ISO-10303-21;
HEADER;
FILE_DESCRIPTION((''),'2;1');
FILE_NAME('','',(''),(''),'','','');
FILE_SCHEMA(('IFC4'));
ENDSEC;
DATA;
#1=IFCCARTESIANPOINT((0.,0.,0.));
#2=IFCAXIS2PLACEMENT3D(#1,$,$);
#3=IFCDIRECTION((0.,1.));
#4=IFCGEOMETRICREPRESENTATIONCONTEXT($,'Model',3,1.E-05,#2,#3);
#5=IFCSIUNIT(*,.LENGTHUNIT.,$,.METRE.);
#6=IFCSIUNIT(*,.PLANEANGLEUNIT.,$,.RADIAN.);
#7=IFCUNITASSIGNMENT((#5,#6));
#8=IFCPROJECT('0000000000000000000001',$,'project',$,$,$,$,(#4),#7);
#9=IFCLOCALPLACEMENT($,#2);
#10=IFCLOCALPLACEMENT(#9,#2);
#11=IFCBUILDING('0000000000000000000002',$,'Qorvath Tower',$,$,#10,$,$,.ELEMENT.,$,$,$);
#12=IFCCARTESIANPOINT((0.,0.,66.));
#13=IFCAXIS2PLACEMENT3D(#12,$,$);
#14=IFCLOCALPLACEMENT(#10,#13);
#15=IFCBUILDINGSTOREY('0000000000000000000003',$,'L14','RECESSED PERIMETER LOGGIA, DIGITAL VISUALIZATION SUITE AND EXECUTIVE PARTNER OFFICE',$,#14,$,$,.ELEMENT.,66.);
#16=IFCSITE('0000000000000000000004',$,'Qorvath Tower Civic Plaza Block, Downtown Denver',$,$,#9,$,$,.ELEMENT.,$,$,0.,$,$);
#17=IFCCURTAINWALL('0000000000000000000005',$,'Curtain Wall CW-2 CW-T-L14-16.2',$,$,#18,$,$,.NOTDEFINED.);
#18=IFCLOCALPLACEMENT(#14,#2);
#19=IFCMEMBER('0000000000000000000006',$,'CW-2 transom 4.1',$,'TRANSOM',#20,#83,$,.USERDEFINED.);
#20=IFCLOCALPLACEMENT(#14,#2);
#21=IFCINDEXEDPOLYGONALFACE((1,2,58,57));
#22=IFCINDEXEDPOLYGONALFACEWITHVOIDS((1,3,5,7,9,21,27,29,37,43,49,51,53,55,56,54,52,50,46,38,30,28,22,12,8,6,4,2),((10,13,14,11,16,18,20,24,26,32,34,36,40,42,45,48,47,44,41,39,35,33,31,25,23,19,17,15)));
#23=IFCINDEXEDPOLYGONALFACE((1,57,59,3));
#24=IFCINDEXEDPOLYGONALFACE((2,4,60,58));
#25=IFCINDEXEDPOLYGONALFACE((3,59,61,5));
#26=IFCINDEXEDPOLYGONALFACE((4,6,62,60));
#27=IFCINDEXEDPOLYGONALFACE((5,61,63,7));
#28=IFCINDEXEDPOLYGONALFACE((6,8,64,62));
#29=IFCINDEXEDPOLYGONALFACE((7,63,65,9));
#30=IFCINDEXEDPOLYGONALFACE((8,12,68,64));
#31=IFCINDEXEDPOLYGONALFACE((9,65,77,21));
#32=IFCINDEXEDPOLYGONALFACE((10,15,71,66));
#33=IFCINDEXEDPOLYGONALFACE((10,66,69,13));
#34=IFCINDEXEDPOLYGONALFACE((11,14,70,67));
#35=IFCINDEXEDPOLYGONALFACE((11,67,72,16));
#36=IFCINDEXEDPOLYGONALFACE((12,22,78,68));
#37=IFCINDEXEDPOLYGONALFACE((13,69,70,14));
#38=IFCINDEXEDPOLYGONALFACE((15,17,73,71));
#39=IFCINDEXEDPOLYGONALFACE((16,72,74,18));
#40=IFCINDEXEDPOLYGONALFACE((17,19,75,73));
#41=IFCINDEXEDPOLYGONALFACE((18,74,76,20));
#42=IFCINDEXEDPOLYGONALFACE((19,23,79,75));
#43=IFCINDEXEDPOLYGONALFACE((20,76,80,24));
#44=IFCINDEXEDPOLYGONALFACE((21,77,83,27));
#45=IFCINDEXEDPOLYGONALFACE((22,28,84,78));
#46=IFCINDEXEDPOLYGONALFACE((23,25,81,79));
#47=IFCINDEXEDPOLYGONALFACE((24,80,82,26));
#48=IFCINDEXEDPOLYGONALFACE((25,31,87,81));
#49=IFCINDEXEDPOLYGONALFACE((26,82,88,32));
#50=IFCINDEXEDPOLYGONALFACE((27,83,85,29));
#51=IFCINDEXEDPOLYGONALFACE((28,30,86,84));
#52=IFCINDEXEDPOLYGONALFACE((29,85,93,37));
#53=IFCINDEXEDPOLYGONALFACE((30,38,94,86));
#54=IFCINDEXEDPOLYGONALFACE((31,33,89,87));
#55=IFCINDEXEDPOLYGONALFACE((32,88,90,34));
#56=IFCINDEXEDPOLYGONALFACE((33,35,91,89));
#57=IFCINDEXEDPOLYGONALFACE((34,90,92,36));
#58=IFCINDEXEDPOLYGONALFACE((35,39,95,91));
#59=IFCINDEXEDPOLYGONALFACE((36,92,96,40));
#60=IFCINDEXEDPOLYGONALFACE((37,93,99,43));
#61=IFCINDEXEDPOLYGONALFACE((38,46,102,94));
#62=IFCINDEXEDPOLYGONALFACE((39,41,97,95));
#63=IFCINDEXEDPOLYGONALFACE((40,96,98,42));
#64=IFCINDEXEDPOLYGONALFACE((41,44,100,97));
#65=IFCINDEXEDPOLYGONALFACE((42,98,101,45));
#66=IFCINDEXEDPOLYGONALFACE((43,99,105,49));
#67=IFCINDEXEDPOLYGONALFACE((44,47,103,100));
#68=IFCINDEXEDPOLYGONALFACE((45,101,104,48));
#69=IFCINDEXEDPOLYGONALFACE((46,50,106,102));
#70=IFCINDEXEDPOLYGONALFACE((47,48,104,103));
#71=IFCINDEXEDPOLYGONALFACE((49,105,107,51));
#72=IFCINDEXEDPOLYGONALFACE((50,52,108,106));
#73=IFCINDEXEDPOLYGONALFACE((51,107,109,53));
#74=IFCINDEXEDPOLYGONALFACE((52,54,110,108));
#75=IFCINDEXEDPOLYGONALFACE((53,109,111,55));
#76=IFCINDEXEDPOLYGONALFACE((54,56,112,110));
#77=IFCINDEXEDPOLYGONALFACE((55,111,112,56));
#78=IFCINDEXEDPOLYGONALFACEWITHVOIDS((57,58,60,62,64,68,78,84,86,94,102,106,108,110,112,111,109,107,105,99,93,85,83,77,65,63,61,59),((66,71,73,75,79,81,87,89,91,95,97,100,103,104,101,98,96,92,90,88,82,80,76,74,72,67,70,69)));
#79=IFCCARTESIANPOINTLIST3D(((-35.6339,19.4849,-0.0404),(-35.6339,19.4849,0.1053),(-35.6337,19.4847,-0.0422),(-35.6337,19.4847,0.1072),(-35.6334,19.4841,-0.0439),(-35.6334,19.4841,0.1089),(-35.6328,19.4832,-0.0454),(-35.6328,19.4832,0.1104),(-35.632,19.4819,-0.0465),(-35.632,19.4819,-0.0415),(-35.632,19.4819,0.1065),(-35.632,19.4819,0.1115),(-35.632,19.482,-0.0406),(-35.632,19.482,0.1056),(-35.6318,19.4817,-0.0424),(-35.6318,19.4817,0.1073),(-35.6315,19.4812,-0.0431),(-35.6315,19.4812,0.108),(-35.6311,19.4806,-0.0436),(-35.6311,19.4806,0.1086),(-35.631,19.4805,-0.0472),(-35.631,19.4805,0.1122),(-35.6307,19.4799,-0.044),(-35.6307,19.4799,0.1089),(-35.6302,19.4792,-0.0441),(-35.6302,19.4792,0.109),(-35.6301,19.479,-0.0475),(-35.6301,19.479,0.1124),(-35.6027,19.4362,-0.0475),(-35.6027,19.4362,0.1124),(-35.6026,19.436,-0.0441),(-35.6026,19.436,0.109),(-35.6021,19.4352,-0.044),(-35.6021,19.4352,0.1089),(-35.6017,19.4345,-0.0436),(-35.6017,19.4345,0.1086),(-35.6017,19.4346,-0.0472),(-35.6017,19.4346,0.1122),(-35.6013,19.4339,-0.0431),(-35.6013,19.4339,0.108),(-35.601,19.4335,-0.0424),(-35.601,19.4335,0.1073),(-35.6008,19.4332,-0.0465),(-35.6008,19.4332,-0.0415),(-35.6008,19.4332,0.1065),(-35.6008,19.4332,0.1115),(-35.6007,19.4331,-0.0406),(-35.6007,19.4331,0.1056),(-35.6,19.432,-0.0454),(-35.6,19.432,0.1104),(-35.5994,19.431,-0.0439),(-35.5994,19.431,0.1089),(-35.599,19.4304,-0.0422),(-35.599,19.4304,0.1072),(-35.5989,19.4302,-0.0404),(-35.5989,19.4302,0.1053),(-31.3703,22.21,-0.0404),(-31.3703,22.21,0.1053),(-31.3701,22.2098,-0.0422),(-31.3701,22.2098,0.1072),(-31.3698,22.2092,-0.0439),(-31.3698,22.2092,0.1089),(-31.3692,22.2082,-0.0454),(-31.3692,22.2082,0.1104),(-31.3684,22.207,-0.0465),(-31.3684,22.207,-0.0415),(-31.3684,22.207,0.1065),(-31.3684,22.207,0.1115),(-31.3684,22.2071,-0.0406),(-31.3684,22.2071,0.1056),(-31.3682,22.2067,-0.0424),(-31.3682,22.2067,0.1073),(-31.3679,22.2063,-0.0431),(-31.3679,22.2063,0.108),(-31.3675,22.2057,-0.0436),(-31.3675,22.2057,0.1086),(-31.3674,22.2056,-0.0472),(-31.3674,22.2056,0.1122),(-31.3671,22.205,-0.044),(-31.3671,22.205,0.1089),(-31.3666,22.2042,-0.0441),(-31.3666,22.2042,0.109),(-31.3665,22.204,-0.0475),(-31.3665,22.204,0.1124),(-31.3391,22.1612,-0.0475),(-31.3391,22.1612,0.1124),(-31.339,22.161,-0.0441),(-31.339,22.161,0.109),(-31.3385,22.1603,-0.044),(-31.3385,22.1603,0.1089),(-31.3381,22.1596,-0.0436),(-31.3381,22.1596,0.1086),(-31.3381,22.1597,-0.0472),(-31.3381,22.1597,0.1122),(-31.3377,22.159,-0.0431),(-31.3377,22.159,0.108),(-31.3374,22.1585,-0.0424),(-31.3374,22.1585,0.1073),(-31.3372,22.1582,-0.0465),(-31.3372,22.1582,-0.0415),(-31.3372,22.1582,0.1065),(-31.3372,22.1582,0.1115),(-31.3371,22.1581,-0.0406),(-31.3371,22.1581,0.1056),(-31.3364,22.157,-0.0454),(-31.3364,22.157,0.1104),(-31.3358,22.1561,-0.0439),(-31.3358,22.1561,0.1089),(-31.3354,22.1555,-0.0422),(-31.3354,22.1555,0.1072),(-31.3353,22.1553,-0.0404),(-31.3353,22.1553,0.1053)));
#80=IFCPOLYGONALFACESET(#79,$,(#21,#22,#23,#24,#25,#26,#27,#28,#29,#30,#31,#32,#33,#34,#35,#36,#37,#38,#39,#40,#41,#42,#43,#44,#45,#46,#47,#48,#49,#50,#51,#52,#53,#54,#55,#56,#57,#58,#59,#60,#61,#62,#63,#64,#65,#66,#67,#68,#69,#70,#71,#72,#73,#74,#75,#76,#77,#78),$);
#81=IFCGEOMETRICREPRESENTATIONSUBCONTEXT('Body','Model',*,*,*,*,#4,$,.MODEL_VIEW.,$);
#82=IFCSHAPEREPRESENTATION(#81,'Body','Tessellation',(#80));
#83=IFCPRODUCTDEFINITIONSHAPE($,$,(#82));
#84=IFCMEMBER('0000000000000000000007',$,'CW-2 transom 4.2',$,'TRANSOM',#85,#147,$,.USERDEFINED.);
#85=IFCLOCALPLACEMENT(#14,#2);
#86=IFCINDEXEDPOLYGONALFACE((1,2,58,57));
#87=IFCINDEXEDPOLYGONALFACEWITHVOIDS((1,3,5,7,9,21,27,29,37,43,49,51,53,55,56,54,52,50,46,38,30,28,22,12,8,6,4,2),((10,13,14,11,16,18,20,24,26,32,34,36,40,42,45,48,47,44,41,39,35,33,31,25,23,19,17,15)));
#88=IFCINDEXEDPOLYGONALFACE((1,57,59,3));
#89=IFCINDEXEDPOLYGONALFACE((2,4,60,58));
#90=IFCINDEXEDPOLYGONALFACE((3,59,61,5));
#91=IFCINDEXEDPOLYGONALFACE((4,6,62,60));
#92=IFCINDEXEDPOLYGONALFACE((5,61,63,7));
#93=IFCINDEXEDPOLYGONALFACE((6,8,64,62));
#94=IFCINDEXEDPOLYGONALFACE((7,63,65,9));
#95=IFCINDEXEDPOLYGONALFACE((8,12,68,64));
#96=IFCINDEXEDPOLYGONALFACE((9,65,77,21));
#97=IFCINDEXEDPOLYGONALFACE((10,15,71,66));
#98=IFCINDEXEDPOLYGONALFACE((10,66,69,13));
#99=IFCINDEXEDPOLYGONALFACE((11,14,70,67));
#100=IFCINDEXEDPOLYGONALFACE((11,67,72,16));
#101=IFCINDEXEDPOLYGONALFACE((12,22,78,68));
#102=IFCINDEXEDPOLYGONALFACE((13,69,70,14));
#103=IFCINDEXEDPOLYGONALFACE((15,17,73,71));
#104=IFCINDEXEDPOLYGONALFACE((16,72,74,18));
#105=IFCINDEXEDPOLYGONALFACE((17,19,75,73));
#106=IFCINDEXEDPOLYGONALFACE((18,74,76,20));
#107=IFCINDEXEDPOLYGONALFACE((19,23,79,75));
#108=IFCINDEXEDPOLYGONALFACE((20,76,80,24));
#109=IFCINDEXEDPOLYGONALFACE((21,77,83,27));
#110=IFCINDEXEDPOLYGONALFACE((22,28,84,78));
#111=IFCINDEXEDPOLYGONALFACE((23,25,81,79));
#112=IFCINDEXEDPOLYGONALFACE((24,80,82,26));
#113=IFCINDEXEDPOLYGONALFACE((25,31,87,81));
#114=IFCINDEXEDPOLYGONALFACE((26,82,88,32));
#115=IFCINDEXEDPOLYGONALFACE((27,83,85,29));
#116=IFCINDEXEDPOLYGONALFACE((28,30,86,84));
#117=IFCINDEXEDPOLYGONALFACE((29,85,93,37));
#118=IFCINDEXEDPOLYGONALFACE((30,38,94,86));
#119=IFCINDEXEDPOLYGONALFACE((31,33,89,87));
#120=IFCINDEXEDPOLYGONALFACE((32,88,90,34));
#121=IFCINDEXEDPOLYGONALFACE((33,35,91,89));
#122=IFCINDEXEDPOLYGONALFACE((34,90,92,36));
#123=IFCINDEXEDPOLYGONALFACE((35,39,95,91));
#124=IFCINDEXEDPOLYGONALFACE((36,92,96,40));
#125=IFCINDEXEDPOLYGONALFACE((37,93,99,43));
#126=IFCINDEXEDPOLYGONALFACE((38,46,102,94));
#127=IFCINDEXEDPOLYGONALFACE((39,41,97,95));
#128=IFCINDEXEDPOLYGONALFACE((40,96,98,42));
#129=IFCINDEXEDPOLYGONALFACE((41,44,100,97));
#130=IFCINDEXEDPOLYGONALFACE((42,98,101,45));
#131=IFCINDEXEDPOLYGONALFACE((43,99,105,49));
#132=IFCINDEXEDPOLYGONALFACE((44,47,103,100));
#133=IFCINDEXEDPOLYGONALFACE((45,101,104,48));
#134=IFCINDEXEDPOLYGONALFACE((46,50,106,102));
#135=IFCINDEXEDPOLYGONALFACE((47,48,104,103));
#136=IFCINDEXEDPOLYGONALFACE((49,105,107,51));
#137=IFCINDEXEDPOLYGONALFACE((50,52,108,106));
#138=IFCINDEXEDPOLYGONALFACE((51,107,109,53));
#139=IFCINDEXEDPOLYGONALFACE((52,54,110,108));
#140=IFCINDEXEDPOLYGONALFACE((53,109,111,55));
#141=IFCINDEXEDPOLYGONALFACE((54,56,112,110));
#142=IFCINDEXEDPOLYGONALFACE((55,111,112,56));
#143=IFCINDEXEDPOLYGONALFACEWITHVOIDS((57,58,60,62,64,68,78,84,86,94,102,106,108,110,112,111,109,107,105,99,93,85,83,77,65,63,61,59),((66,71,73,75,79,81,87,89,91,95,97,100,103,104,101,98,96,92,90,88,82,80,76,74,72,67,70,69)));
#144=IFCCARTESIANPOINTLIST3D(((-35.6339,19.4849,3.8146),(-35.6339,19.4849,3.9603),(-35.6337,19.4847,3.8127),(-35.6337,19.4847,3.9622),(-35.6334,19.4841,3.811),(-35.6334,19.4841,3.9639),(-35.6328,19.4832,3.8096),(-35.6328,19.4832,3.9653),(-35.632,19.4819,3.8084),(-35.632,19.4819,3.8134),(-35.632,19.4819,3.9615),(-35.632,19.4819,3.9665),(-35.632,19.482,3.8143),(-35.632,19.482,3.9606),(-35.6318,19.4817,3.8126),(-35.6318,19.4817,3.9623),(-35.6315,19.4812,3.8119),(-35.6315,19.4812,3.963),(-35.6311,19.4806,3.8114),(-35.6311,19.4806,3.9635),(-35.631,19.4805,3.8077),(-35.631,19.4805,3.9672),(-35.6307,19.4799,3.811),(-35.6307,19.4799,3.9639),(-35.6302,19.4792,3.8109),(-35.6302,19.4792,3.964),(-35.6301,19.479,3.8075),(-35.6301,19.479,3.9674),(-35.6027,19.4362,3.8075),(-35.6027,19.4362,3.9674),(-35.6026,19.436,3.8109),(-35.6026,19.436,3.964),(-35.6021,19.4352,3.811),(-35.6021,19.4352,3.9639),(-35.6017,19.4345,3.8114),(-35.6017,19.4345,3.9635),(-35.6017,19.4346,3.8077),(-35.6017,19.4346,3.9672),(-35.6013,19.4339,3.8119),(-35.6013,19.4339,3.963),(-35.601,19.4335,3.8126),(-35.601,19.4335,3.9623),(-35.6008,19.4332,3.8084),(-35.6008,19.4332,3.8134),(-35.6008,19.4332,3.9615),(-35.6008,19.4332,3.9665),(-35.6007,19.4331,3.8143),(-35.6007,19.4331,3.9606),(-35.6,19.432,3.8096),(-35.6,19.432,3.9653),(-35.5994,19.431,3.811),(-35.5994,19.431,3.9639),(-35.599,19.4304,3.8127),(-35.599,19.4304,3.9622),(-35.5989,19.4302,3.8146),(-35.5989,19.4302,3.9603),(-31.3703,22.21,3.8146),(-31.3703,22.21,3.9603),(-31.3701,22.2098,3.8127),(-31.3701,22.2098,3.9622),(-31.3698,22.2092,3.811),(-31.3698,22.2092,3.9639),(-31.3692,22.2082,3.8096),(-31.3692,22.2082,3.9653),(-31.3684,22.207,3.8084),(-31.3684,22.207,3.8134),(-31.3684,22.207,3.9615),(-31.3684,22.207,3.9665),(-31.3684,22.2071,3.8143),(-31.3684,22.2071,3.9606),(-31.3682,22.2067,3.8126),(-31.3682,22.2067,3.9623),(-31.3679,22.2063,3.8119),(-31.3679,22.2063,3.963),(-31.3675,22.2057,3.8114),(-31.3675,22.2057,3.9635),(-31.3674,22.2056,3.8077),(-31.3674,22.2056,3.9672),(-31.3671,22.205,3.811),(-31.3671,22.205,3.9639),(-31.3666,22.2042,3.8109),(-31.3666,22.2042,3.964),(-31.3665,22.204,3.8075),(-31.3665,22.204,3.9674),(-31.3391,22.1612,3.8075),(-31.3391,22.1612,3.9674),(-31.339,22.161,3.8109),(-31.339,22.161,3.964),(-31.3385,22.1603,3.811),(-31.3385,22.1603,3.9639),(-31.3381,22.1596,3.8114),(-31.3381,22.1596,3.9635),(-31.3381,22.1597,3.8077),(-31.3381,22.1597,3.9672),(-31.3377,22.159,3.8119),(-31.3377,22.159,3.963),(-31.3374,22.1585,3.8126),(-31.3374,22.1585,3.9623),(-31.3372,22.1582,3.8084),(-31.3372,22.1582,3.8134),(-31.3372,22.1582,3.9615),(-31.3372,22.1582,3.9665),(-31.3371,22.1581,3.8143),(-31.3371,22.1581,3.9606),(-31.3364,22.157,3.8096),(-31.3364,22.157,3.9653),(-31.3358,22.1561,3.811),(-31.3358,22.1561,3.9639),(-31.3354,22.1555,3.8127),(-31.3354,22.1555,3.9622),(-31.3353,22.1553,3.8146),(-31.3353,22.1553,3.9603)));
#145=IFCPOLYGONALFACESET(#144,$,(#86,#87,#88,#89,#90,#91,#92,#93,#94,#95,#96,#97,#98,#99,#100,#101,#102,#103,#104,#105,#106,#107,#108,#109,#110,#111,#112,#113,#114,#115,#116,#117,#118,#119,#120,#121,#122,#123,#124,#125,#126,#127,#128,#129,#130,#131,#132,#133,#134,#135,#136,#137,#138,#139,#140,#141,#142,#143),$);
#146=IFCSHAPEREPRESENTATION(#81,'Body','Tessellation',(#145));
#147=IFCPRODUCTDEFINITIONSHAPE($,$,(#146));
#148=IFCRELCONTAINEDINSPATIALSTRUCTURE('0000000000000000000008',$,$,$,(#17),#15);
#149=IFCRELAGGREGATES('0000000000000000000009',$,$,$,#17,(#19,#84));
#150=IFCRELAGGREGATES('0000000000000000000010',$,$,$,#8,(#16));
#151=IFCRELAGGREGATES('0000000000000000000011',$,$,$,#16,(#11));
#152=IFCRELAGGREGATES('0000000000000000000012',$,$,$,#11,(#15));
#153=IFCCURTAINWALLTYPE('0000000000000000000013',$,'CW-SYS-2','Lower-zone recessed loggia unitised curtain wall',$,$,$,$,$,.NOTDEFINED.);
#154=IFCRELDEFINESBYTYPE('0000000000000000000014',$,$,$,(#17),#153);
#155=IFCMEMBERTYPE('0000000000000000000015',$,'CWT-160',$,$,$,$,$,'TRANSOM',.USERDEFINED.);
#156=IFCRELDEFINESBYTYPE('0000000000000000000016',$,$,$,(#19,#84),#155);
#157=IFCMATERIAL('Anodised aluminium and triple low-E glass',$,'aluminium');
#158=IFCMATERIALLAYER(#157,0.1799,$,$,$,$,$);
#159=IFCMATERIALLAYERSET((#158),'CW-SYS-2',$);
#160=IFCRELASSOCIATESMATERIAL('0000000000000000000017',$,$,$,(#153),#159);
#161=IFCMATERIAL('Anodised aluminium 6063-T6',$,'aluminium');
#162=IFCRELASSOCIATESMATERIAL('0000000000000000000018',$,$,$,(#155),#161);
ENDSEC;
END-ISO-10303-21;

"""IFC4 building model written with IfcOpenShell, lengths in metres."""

from ifc_helpers import new_model, si_unit, direction, frame, origin, origin_2d, place, context, subcontext, project, spatial, hollow_rectangle, extrude, material, layer, layer_set, material_profile, profile_set, type_object, element, aggregate, save


model = new_model("IFC4")

# Units and contexts
model_context = context("Model", 3, precision=1e-05, world=origin(), true_north=direction((0.0, 1.0)))
body_context = subcontext(model_context, "Body", "Model", "MODEL_VIEW")
ifc_project = project(units=[si_unit("LENGTHUNIT", "METRE"), si_unit("PLANEANGLEUNIT", "RADIAN")], contexts=[model_context])

# Site, building, storey
site_placement = place(None, origin())
site = spatial("IfcSite", under=ifc_project, at=site_placement, Name="Qorvath Tower Civic Plaza Block, Downtown Denver", CompositionType="ELEMENT", RefElevation=0.0)
building_placement = place(site_placement, origin())
building = spatial("IfcBuilding", under=site, at=building_placement, Name="Qorvath Tower", CompositionType="ELEMENT")
storey_placement = place(building_placement, frame((0.0, 0.0, 66.0)))
storey = spatial("IfcBuildingStorey", under=building, at=storey_placement, Name="L14", Description="RECESSED PERIMETER LOGGIA, DIGITAL VISUALIZATION SUITE AND EXECUTIVE PARTNER OFFICE", CompositionType="ELEMENT", Elevation=66.0)

# Curtain wall, members
ifc_material_1 = material(Name="Anodised aluminium and triple low-E glass", Category="aluminium")
ifc_layer_1 = layer(ifc_material_1, 0.1799)
ifc_layer_set_1 = layer_set([ifc_layer_1], Name="CW-SYS-2")
curtain_wall_type = type_object("IfcCurtainWallType", Name="CW-SYS-2", Description="Lower-zone recessed loggia unitised curtain wall", PredefinedType="NOTDEFINED", material=ifc_layer_set_1)
curtain_wall_placement = place(storey_placement, origin())
curtain_wall = element("IfcCurtainWall", 1, at=curtain_wall_placement, inside=storey, type_object=curtain_wall_type, Name="Curtain Wall CW-2 CW-T-L14-16.2", PredefinedType="NOTDEFINED")
ifc_material_2 = material(Name="Anodised aluminium 6063-T6", Category="aluminium")
ifc_material_profile_1 = material_profile(ifc_material_2, hollow_rectangle(XDim=0.0649, YDim=0.1599, WallThickness=0.0034, InnerFilletRadius=0.0034, OuterFilletRadius=0.0071, at=origin_2d()), Name="CWT 160x65")
ifc_profile_set_1 = profile_set([ifc_material_profile_1], Name="Anodised aluminium 6063-T6")
member_type_1 = type_object("IfcMemberType", Name="CWT-160", ElementType="TRANSOM", PredefinedType="USERDEFINED", material=ifc_profile_set_1)
member_1_placement = place(storey_placement, frame((-31.3528, 22.1826, 0.0325), z_axis=(-0.842599, -0.538542, 0.0), x_axis=(0.538542, -0.842599, 0.0)))
member_1 = element("IfcMember", 2, at=member_1_placement, type_object=member_type_1, Name="CW-2 transom 4.1", ObjectType="TRANSOM", PredefinedType="USERDEFINED", context=body_context, shape_type="SweptSolid", body=[
    extrude(hollow_rectangle(XDim=0.0649, YDim=0.1599, WallThickness=0.0034, InnerFilletRadius=0.0034, OuterFilletRadius=0.0071, at=origin_2d()), origin(), (0.0, 0.0, 1.0), 5.0601),
])
member_2_placement = place(storey_placement, frame((-31.3528, 22.1826, 3.8875), z_axis=(-0.842599, -0.538542, 0.0), x_axis=(0.538542, -0.842599, 0.0)))
member_2 = element("IfcMember", 3, at=member_2_placement, type_object=member_type_1, Name="CW-2 transom 4.2", ObjectType="TRANSOM", PredefinedType="USERDEFINED", context=body_context, shape_type="SweptSolid", body=[
    extrude(hollow_rectangle(XDim=0.0649, YDim=0.1599, WallThickness=0.0034, InnerFilletRadius=0.0034, OuterFilletRadius=0.0071, at=origin_2d()), origin(), (0.0, 0.0, 1.0), 5.0601),
])
aggregate(curtain_wall, [member_1, member_2])

save(model, "model.ifc")
